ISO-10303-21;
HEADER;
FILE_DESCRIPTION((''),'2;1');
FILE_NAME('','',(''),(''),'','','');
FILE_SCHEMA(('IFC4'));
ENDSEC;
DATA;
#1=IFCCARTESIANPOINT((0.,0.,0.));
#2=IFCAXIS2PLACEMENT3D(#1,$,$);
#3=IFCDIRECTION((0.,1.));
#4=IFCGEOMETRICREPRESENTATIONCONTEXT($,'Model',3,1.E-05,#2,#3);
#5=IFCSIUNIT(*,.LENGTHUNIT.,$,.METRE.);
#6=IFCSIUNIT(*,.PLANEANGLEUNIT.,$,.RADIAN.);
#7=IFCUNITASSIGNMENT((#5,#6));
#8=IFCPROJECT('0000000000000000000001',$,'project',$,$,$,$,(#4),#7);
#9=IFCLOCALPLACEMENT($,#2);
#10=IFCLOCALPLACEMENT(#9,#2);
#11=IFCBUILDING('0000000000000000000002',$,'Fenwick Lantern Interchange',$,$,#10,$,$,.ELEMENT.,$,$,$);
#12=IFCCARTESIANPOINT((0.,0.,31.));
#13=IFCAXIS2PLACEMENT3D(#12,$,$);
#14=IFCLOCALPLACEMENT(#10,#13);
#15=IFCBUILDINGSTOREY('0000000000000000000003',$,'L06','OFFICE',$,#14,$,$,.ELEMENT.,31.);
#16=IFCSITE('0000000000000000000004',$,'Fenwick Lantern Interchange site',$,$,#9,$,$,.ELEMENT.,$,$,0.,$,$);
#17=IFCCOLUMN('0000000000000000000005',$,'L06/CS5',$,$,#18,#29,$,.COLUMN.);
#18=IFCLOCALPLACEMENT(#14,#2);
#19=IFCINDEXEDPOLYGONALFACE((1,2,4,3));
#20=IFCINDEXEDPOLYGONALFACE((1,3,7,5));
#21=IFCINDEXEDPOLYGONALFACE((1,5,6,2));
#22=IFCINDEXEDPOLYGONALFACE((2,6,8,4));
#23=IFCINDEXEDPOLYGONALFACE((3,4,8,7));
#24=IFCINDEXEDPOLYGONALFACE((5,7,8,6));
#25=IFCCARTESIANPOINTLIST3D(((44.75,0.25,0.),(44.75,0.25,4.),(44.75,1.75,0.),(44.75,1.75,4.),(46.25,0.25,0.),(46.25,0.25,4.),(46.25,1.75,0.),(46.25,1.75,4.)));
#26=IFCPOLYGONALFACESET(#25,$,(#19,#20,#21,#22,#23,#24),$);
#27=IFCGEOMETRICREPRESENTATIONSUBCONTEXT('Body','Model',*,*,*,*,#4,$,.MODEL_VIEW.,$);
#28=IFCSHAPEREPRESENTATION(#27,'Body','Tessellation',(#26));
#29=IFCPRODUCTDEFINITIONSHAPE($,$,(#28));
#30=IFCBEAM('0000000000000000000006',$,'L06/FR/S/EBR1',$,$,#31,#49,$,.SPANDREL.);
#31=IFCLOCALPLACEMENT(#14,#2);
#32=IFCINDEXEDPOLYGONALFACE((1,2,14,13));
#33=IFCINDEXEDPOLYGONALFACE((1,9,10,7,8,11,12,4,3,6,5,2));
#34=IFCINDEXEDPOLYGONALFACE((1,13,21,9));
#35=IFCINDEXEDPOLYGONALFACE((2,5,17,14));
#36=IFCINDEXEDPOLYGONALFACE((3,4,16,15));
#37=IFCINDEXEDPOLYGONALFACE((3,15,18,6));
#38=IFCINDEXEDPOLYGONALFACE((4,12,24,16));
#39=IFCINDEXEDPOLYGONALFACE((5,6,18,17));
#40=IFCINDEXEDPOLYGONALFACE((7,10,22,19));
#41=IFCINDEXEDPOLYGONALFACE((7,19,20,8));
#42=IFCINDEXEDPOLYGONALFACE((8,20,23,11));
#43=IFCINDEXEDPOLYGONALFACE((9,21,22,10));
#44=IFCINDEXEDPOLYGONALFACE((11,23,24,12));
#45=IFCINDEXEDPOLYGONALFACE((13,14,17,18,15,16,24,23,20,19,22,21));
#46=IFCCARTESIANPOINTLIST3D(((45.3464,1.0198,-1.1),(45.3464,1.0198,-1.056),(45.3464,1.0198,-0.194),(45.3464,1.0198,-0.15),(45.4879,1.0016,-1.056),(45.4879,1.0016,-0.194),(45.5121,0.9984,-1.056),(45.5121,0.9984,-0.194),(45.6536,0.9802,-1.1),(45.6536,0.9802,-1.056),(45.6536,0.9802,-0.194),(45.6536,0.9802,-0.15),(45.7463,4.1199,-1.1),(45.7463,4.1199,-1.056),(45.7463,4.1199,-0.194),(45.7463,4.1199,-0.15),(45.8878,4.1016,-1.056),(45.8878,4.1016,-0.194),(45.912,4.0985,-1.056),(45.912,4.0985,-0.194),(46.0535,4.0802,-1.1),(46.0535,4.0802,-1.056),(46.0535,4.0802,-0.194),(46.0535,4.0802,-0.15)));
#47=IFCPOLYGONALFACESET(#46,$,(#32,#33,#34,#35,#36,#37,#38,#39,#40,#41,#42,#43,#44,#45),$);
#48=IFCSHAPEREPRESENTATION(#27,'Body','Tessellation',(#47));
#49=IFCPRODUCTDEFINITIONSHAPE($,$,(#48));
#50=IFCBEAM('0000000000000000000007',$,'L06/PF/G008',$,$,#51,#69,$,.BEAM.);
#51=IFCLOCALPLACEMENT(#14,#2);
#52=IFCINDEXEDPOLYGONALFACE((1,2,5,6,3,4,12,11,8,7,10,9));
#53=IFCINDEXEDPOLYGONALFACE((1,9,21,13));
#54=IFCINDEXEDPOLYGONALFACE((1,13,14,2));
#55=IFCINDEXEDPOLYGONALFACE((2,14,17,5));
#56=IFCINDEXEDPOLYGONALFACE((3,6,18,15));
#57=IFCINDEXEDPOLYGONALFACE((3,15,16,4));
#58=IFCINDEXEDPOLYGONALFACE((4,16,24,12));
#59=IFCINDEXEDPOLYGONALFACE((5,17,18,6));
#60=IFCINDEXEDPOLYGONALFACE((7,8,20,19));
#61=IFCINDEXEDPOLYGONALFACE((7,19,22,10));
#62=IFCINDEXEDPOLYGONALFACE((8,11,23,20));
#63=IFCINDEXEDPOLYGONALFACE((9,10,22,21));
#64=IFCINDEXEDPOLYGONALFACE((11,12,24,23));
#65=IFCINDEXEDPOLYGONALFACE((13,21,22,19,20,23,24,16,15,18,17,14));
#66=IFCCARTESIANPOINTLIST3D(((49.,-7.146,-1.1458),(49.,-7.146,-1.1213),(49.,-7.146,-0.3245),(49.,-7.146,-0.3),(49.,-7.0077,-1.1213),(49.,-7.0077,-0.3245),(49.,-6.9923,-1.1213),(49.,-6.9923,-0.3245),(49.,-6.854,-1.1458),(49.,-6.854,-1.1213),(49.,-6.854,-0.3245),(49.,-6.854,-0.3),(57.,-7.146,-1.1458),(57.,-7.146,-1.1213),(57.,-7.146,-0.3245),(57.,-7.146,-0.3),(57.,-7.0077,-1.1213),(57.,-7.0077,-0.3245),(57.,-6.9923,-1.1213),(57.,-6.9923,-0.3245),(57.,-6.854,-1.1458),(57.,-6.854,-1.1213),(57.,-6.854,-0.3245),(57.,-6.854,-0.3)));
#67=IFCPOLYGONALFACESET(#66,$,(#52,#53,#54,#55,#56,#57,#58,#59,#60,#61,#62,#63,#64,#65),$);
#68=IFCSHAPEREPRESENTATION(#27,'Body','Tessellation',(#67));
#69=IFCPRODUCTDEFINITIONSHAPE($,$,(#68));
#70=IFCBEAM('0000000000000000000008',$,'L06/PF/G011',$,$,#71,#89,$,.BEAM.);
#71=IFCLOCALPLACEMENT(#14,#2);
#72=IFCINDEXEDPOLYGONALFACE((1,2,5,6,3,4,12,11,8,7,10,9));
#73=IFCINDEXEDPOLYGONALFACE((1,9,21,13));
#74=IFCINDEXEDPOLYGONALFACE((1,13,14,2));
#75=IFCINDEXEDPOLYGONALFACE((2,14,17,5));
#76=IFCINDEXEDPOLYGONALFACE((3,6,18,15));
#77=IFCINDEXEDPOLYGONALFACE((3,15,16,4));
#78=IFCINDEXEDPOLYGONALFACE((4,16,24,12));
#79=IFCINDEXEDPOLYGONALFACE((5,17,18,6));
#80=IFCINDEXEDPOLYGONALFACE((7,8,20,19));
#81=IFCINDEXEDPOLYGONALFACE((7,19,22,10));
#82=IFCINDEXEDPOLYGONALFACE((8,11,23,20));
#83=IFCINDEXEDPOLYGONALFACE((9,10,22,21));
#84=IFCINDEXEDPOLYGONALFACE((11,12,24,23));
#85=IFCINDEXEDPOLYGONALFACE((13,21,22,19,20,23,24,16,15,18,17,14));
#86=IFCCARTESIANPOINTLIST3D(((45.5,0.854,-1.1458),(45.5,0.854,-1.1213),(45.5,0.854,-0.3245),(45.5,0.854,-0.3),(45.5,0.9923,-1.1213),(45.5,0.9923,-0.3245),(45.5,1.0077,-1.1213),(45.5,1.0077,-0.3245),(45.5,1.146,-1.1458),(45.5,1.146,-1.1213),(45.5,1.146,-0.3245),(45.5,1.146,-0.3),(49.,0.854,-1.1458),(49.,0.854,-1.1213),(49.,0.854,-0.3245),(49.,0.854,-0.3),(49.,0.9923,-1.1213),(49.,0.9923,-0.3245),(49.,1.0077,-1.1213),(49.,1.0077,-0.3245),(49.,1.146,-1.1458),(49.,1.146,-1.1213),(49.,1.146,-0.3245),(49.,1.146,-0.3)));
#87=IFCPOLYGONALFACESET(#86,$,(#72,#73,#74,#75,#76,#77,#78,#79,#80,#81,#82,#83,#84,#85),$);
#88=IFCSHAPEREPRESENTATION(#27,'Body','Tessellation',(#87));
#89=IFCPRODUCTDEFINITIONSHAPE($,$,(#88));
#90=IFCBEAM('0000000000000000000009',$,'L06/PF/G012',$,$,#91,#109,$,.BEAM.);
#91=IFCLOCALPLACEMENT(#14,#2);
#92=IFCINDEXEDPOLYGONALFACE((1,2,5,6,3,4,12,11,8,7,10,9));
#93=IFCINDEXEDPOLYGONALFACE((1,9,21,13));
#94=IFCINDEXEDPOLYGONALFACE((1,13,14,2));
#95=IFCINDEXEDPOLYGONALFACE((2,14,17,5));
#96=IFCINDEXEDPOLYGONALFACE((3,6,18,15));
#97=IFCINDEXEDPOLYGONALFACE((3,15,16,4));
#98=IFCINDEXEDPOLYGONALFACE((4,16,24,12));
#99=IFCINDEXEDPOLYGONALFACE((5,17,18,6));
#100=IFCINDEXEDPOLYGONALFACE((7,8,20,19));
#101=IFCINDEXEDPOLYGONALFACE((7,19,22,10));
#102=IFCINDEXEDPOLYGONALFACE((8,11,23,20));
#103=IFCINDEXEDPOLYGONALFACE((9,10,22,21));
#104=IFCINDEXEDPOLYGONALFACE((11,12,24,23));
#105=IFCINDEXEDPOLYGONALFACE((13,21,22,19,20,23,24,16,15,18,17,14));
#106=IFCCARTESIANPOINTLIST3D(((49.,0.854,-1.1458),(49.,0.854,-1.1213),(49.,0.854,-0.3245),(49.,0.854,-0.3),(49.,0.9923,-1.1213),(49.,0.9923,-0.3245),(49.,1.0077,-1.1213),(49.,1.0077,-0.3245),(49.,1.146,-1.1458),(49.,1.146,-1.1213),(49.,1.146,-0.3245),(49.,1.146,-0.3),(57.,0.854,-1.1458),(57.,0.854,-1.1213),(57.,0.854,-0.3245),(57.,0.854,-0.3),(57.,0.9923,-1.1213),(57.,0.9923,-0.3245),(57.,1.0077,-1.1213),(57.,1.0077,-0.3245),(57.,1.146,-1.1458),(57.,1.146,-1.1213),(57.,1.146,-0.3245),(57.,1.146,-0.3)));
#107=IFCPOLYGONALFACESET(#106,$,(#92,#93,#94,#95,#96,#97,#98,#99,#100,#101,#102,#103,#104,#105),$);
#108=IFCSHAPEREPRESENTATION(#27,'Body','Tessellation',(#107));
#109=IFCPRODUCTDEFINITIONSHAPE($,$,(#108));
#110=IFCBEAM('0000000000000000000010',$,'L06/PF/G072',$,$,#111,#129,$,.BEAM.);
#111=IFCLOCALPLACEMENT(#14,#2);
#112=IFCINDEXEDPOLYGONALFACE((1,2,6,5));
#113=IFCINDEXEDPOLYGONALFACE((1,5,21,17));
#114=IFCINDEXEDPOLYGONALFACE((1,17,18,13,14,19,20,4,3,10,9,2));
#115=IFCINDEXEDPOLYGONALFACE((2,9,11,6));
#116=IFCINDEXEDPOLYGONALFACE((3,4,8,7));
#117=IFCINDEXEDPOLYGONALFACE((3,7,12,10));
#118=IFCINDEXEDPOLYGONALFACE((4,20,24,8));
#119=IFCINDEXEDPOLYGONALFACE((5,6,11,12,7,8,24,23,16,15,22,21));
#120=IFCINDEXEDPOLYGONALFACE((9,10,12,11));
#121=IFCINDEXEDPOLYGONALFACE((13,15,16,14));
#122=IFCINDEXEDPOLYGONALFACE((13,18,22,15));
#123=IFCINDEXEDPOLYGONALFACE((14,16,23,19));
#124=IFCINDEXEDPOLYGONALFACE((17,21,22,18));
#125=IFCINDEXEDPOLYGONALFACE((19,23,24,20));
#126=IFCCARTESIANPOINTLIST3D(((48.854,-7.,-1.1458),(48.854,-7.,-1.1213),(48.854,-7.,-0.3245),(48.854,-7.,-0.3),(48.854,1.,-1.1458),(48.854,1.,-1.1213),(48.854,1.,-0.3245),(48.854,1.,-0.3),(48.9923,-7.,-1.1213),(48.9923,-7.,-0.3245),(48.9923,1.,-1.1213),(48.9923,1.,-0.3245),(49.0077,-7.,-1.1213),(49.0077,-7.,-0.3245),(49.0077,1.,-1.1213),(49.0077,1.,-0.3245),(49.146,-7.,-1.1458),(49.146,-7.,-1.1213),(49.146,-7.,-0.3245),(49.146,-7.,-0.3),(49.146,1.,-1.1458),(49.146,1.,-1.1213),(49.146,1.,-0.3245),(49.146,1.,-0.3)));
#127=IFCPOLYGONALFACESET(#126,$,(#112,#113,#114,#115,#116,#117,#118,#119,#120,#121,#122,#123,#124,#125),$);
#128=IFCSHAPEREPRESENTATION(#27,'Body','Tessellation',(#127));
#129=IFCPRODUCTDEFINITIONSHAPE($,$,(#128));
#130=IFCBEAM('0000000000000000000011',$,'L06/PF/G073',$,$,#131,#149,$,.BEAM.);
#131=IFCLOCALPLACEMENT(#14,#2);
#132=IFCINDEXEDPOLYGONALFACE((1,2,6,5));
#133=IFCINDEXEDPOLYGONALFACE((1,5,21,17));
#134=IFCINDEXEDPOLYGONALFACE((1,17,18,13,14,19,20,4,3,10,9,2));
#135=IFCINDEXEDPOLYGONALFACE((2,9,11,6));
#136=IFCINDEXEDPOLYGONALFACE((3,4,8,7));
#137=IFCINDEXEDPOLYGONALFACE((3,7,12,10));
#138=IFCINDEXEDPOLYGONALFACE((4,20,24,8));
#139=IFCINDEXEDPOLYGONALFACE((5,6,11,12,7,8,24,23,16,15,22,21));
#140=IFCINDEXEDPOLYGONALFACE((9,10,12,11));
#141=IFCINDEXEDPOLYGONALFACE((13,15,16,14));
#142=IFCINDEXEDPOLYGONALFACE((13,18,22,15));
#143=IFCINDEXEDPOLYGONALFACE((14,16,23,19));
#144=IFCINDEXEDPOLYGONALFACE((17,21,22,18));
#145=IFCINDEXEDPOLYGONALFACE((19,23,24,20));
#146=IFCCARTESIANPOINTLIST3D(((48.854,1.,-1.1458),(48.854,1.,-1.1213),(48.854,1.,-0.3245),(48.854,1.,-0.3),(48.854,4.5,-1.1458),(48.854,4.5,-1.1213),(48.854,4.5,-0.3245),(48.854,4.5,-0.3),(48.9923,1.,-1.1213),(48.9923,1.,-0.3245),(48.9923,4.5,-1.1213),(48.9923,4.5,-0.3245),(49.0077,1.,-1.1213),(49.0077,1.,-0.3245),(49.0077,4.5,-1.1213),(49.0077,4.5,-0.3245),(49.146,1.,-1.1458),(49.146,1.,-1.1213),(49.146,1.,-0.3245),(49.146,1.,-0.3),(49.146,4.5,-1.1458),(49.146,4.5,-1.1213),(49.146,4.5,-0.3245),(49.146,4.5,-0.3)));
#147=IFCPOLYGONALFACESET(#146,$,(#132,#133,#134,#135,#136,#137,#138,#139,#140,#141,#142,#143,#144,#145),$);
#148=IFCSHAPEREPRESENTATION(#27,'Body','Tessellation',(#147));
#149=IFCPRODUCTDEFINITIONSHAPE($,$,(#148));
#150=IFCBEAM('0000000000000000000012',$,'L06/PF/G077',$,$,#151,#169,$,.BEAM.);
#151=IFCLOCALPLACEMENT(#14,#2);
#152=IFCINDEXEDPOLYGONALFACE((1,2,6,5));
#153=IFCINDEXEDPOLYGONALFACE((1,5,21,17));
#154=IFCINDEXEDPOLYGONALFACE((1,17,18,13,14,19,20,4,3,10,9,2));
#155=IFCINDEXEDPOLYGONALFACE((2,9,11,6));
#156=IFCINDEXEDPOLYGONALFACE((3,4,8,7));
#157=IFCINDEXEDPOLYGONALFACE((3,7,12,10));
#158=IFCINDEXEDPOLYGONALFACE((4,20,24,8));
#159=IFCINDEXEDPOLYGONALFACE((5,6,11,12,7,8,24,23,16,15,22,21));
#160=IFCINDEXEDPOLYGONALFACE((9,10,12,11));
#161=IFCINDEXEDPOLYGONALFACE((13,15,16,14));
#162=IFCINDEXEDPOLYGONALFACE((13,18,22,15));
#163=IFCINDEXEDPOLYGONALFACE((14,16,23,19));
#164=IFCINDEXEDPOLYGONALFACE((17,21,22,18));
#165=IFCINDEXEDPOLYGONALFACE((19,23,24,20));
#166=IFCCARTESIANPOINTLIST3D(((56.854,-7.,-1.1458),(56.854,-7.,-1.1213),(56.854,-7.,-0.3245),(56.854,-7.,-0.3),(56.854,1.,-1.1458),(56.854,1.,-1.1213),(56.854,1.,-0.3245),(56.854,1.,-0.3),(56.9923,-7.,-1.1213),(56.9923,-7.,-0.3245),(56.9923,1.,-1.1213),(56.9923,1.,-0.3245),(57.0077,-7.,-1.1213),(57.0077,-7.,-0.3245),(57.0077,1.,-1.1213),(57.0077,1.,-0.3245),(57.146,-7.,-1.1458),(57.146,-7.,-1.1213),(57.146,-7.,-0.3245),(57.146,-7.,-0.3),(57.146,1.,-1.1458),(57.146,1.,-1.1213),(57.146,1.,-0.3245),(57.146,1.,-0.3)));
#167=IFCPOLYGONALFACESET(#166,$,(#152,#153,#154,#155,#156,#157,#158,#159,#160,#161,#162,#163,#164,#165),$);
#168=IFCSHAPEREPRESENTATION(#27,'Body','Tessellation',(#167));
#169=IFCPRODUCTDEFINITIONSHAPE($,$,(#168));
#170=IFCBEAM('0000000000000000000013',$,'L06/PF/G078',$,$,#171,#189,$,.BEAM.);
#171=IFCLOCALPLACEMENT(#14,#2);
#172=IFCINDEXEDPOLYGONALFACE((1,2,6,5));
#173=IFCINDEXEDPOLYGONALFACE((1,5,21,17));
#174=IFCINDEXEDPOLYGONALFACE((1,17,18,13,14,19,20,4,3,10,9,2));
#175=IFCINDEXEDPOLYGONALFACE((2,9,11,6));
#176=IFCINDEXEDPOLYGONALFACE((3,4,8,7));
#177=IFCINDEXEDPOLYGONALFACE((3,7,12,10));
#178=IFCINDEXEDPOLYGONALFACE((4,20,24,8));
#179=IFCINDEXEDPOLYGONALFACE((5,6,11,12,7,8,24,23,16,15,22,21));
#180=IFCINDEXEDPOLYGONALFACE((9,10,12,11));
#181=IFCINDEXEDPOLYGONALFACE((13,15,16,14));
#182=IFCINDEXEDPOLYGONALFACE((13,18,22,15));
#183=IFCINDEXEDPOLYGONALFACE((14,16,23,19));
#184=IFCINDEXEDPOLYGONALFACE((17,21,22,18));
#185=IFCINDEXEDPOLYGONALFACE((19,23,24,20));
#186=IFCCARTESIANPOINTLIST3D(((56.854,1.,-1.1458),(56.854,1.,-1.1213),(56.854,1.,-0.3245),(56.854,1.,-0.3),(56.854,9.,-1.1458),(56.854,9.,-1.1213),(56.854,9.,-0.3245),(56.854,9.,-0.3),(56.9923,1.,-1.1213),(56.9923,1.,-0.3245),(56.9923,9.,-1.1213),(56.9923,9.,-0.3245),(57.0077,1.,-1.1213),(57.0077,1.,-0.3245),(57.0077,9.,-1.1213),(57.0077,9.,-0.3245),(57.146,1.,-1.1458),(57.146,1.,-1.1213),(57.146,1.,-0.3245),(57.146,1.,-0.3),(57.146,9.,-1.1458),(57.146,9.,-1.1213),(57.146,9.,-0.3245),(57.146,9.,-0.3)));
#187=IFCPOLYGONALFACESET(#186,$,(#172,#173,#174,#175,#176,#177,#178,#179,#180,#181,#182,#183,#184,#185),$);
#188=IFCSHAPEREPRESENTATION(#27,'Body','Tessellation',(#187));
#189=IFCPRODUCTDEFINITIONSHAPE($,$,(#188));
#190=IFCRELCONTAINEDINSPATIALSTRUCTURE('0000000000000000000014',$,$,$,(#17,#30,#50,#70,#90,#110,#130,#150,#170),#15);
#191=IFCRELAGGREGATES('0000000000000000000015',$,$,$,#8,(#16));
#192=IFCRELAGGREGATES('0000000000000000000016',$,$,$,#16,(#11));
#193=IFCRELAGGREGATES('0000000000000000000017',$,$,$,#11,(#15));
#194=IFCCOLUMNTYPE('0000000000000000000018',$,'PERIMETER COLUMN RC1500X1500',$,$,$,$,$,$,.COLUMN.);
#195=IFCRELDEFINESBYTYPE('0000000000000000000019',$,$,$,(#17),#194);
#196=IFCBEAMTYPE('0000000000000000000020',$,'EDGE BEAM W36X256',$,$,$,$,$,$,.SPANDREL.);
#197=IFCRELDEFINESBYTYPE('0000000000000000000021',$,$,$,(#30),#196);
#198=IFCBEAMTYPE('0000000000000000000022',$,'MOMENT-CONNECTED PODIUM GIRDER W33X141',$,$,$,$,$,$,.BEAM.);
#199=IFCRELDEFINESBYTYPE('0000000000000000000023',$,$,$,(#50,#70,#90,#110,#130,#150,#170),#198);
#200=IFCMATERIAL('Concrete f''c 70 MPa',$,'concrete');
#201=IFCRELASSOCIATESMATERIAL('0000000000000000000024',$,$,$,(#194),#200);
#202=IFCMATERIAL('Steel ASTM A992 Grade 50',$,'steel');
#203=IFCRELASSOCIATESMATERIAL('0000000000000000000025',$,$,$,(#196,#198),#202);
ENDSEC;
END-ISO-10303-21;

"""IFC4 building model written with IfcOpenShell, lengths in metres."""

from ifc_helpers import new_model, si_unit, direction, frame, origin, origin_2d, place, context, subcontext, project, spatial, rectangle, i_section, extrude, material, material_profile, profile_set, type_object, element, save


model = new_model("IFC4")

# Units and contexts
model_context = context("Model", 3, precision=1e-05, world=origin(), true_north=direction((0.0, 1.0)))
body_context = subcontext(model_context, "Body", "Model", "MODEL_VIEW")
ifc_project = project(units=[si_unit("LENGTHUNIT", "METRE"), si_unit("PLANEANGLEUNIT", "RADIAN")], contexts=[model_context])

# Site, building, storey
site_placement = place(None, origin())
site = spatial("IfcSite", under=ifc_project, at=site_placement, Name="Fenwick Lantern Interchange site", CompositionType="ELEMENT", RefElevation=0.0)
building_placement = place(site_placement, origin())
building = spatial("IfcBuilding", under=site, at=building_placement, Name="Fenwick Lantern Interchange", CompositionType="ELEMENT")
storey_placement = place(building_placement, frame((0.0, 0.0, 31.0)))
storey = spatial("IfcBuildingStorey", under=building, at=storey_placement, Name="L06", Description="OFFICE", CompositionType="ELEMENT", Elevation=31.0)

# Column
ifc_material_1 = material(Name="Concrete f'c 70 MPa", Category="concrete")
ifc_material_profile_1 = material_profile(ifc_material_1, rectangle(XDim=1.5, YDim=1.5, at=origin_2d()), Name="RC1500X1500")
ifc_profile_set_1 = profile_set([ifc_material_profile_1], Name="Concrete f'c 70 MPa")
column_type = type_object("IfcColumnType", Name="PERIMETER COLUMN RC1500X1500", PredefinedType="COLUMN", material=ifc_profile_set_1)
column_placement = place(storey_placement, frame((45.5, 1.0, 0.0), z_axis=(0.0, 0.0, 1.0), x_axis=(1.0, 0.0, 0.0)))
element("IfcColumn", 1, at=column_placement, inside=storey, type_object=column_type, Name="L06/CS5", PredefinedType="COLUMN", context=body_context, shape_type="SweptSolid", body=[
    extrude(rectangle(XDim=1.5, YDim=1.5, at=origin_2d()), origin(), (0.0, 0.0, 1.0), 4.0),
])

# Beams
ifc_material_2 = material(Name="Steel ASTM A992 Grade 50", Category="steel")
ifc_material_profile_2 = material_profile(ifc_material_2, i_section(OverallWidth=0.3098, OverallDepth=0.95, WebThickness=0.0244, FlangeThickness=0.0439, at=origin_2d()), Name="W36X256")
ifc_profile_set_2 = profile_set([ifc_material_profile_2], Name="Steel ASTM A992 Grade 50")
beam_type_1 = type_object("IfcBeamType", Name="EDGE BEAM W36X256", PredefinedType="SPANDREL", material=ifc_profile_set_2)
beam_1_placement = place(storey_placement, frame((45.5, 1.0, -0.625), z_axis=(0.127937, 0.991782, 0.0), x_axis=(-0.991782, 0.127937, 0.0)))
element("IfcBeam", 2, at=beam_1_placement, inside=storey, type_object=beam_type_1, Name="L06/FR/S/EBR1", PredefinedType="SPANDREL", context=body_context, shape_type="SweptSolid", body=[
    extrude(i_section(OverallWidth=0.3098, OverallDepth=0.95, WebThickness=0.0244, FlangeThickness=0.0439, at=origin_2d()), origin(), (0.0, 0.0, 1.0), 3.1257),
])
ifc_material_profile_3 = material_profile(ifc_material_2, i_section(OverallWidth=0.292, OverallDepth=0.8457, WebThickness=0.0154, FlangeThickness=0.0244, at=origin_2d()), Name="W33X141")
ifc_profile_set_3 = profile_set([ifc_material_profile_3], Name="Steel ASTM A992 Grade 50")
beam_type_2 = type_object("IfcBeamType", Name="MOMENT-CONNECTED PODIUM GIRDER W33X141", PredefinedType="BEAM", material=ifc_profile_set_3)
beam_2_placement = place(storey_placement, frame((49.0, -7.0, -0.7229), z_axis=(1.0, 0.0, 0.0), x_axis=(0.0, 1.0, 0.0)))
element("IfcBeam", 3, at=beam_2_placement, inside=storey, type_object=beam_type_2, Name="L06/PF/G008", PredefinedType="BEAM", context=body_context, shape_type="SweptSolid", body=[
    extrude(i_section(OverallWidth=0.292, OverallDepth=0.8457, WebThickness=0.0154, FlangeThickness=0.0244, at=origin_2d()), origin(), (0.0, 0.0, 1.0), 8.0),
])
beam_3_placement = place(storey_placement, frame((45.5, 1.0, -0.7229), z_axis=(1.0, 0.0, 0.0), x_axis=(0.0, 1.0, 0.0)))
element("IfcBeam", 4, at=beam_3_placement, inside=storey, type_object=beam_type_2, Name="L06/PF/G011", PredefinedType="BEAM", context=body_context, shape_type="SweptSolid", body=[
    extrude(i_section(OverallWidth=0.292, OverallDepth=0.8457, WebThickness=0.0154, FlangeThickness=0.0244, at=origin_2d()), origin(), (0.0, 0.0, 1.0), 3.5),
])
for number, where, z_axis, x_axis, name in (
    (5, (49.0, 1.0, -0.7229), (1.0, 0.0, 0.0), (0.0, 1.0, 0.0), "L06/PF/G012"),
    (6, (49.0, -7.0, -0.7229), (0.0, 1.0, 0.0), (-1.0, 0.0, 0.0), "L06/PF/G072"),
):
    element("IfcBeam", number, at=place(storey_placement, frame(where, z_axis=z_axis, x_axis=x_axis)), inside=storey, type_object=beam_type_2, Name=name, PredefinedType="BEAM", context=body_context, shape_type="SweptSolid", body=[
        extrude(i_section(OverallWidth=0.292, OverallDepth=0.8457, WebThickness=0.0154, FlangeThickness=0.0244, at=origin_2d()), origin(), (0.0, 0.0, 1.0), 8.0),
    ])
beam_4_placement = place(storey_placement, frame((49.0, 1.0, -0.7229), z_axis=(0.0, 1.0, 0.0), x_axis=(-1.0, 0.0, 0.0)))
element("IfcBeam", 7, at=beam_4_placement, inside=storey, type_object=beam_type_2, Name="L06/PF/G073", PredefinedType="BEAM", context=body_context, shape_type="SweptSolid", body=[
    extrude(i_section(OverallWidth=0.292, OverallDepth=0.8457, WebThickness=0.0154, FlangeThickness=0.0244, at=origin_2d()), origin(), (0.0, 0.0, 1.0), 3.5),
])
for number, where, z_axis, x_axis, name in (
    (8, (57.0, -7.0, -0.7229), (0.0, 1.0, 0.0), (-1.0, 0.0, 0.0), "L06/PF/G077"),
    (9, (57.0, 1.0, -0.7229), (0.0, 1.0, 0.0), (-1.0, 0.0, 0.0), "L06/PF/G078"),
):
    element("IfcBeam", number, at=place(storey_placement, frame(where, z_axis=z_axis, x_axis=x_axis)), inside=storey, type_object=beam_type_2, Name=name, PredefinedType="BEAM", context=body_context, shape_type="SweptSolid", body=[
        extrude(i_section(OverallWidth=0.292, OverallDepth=0.8457, WebThickness=0.0154, FlangeThickness=0.0244, at=origin_2d()), origin(), (0.0, 0.0, 1.0), 8.0),
    ])

save(model, "model.ifc")
